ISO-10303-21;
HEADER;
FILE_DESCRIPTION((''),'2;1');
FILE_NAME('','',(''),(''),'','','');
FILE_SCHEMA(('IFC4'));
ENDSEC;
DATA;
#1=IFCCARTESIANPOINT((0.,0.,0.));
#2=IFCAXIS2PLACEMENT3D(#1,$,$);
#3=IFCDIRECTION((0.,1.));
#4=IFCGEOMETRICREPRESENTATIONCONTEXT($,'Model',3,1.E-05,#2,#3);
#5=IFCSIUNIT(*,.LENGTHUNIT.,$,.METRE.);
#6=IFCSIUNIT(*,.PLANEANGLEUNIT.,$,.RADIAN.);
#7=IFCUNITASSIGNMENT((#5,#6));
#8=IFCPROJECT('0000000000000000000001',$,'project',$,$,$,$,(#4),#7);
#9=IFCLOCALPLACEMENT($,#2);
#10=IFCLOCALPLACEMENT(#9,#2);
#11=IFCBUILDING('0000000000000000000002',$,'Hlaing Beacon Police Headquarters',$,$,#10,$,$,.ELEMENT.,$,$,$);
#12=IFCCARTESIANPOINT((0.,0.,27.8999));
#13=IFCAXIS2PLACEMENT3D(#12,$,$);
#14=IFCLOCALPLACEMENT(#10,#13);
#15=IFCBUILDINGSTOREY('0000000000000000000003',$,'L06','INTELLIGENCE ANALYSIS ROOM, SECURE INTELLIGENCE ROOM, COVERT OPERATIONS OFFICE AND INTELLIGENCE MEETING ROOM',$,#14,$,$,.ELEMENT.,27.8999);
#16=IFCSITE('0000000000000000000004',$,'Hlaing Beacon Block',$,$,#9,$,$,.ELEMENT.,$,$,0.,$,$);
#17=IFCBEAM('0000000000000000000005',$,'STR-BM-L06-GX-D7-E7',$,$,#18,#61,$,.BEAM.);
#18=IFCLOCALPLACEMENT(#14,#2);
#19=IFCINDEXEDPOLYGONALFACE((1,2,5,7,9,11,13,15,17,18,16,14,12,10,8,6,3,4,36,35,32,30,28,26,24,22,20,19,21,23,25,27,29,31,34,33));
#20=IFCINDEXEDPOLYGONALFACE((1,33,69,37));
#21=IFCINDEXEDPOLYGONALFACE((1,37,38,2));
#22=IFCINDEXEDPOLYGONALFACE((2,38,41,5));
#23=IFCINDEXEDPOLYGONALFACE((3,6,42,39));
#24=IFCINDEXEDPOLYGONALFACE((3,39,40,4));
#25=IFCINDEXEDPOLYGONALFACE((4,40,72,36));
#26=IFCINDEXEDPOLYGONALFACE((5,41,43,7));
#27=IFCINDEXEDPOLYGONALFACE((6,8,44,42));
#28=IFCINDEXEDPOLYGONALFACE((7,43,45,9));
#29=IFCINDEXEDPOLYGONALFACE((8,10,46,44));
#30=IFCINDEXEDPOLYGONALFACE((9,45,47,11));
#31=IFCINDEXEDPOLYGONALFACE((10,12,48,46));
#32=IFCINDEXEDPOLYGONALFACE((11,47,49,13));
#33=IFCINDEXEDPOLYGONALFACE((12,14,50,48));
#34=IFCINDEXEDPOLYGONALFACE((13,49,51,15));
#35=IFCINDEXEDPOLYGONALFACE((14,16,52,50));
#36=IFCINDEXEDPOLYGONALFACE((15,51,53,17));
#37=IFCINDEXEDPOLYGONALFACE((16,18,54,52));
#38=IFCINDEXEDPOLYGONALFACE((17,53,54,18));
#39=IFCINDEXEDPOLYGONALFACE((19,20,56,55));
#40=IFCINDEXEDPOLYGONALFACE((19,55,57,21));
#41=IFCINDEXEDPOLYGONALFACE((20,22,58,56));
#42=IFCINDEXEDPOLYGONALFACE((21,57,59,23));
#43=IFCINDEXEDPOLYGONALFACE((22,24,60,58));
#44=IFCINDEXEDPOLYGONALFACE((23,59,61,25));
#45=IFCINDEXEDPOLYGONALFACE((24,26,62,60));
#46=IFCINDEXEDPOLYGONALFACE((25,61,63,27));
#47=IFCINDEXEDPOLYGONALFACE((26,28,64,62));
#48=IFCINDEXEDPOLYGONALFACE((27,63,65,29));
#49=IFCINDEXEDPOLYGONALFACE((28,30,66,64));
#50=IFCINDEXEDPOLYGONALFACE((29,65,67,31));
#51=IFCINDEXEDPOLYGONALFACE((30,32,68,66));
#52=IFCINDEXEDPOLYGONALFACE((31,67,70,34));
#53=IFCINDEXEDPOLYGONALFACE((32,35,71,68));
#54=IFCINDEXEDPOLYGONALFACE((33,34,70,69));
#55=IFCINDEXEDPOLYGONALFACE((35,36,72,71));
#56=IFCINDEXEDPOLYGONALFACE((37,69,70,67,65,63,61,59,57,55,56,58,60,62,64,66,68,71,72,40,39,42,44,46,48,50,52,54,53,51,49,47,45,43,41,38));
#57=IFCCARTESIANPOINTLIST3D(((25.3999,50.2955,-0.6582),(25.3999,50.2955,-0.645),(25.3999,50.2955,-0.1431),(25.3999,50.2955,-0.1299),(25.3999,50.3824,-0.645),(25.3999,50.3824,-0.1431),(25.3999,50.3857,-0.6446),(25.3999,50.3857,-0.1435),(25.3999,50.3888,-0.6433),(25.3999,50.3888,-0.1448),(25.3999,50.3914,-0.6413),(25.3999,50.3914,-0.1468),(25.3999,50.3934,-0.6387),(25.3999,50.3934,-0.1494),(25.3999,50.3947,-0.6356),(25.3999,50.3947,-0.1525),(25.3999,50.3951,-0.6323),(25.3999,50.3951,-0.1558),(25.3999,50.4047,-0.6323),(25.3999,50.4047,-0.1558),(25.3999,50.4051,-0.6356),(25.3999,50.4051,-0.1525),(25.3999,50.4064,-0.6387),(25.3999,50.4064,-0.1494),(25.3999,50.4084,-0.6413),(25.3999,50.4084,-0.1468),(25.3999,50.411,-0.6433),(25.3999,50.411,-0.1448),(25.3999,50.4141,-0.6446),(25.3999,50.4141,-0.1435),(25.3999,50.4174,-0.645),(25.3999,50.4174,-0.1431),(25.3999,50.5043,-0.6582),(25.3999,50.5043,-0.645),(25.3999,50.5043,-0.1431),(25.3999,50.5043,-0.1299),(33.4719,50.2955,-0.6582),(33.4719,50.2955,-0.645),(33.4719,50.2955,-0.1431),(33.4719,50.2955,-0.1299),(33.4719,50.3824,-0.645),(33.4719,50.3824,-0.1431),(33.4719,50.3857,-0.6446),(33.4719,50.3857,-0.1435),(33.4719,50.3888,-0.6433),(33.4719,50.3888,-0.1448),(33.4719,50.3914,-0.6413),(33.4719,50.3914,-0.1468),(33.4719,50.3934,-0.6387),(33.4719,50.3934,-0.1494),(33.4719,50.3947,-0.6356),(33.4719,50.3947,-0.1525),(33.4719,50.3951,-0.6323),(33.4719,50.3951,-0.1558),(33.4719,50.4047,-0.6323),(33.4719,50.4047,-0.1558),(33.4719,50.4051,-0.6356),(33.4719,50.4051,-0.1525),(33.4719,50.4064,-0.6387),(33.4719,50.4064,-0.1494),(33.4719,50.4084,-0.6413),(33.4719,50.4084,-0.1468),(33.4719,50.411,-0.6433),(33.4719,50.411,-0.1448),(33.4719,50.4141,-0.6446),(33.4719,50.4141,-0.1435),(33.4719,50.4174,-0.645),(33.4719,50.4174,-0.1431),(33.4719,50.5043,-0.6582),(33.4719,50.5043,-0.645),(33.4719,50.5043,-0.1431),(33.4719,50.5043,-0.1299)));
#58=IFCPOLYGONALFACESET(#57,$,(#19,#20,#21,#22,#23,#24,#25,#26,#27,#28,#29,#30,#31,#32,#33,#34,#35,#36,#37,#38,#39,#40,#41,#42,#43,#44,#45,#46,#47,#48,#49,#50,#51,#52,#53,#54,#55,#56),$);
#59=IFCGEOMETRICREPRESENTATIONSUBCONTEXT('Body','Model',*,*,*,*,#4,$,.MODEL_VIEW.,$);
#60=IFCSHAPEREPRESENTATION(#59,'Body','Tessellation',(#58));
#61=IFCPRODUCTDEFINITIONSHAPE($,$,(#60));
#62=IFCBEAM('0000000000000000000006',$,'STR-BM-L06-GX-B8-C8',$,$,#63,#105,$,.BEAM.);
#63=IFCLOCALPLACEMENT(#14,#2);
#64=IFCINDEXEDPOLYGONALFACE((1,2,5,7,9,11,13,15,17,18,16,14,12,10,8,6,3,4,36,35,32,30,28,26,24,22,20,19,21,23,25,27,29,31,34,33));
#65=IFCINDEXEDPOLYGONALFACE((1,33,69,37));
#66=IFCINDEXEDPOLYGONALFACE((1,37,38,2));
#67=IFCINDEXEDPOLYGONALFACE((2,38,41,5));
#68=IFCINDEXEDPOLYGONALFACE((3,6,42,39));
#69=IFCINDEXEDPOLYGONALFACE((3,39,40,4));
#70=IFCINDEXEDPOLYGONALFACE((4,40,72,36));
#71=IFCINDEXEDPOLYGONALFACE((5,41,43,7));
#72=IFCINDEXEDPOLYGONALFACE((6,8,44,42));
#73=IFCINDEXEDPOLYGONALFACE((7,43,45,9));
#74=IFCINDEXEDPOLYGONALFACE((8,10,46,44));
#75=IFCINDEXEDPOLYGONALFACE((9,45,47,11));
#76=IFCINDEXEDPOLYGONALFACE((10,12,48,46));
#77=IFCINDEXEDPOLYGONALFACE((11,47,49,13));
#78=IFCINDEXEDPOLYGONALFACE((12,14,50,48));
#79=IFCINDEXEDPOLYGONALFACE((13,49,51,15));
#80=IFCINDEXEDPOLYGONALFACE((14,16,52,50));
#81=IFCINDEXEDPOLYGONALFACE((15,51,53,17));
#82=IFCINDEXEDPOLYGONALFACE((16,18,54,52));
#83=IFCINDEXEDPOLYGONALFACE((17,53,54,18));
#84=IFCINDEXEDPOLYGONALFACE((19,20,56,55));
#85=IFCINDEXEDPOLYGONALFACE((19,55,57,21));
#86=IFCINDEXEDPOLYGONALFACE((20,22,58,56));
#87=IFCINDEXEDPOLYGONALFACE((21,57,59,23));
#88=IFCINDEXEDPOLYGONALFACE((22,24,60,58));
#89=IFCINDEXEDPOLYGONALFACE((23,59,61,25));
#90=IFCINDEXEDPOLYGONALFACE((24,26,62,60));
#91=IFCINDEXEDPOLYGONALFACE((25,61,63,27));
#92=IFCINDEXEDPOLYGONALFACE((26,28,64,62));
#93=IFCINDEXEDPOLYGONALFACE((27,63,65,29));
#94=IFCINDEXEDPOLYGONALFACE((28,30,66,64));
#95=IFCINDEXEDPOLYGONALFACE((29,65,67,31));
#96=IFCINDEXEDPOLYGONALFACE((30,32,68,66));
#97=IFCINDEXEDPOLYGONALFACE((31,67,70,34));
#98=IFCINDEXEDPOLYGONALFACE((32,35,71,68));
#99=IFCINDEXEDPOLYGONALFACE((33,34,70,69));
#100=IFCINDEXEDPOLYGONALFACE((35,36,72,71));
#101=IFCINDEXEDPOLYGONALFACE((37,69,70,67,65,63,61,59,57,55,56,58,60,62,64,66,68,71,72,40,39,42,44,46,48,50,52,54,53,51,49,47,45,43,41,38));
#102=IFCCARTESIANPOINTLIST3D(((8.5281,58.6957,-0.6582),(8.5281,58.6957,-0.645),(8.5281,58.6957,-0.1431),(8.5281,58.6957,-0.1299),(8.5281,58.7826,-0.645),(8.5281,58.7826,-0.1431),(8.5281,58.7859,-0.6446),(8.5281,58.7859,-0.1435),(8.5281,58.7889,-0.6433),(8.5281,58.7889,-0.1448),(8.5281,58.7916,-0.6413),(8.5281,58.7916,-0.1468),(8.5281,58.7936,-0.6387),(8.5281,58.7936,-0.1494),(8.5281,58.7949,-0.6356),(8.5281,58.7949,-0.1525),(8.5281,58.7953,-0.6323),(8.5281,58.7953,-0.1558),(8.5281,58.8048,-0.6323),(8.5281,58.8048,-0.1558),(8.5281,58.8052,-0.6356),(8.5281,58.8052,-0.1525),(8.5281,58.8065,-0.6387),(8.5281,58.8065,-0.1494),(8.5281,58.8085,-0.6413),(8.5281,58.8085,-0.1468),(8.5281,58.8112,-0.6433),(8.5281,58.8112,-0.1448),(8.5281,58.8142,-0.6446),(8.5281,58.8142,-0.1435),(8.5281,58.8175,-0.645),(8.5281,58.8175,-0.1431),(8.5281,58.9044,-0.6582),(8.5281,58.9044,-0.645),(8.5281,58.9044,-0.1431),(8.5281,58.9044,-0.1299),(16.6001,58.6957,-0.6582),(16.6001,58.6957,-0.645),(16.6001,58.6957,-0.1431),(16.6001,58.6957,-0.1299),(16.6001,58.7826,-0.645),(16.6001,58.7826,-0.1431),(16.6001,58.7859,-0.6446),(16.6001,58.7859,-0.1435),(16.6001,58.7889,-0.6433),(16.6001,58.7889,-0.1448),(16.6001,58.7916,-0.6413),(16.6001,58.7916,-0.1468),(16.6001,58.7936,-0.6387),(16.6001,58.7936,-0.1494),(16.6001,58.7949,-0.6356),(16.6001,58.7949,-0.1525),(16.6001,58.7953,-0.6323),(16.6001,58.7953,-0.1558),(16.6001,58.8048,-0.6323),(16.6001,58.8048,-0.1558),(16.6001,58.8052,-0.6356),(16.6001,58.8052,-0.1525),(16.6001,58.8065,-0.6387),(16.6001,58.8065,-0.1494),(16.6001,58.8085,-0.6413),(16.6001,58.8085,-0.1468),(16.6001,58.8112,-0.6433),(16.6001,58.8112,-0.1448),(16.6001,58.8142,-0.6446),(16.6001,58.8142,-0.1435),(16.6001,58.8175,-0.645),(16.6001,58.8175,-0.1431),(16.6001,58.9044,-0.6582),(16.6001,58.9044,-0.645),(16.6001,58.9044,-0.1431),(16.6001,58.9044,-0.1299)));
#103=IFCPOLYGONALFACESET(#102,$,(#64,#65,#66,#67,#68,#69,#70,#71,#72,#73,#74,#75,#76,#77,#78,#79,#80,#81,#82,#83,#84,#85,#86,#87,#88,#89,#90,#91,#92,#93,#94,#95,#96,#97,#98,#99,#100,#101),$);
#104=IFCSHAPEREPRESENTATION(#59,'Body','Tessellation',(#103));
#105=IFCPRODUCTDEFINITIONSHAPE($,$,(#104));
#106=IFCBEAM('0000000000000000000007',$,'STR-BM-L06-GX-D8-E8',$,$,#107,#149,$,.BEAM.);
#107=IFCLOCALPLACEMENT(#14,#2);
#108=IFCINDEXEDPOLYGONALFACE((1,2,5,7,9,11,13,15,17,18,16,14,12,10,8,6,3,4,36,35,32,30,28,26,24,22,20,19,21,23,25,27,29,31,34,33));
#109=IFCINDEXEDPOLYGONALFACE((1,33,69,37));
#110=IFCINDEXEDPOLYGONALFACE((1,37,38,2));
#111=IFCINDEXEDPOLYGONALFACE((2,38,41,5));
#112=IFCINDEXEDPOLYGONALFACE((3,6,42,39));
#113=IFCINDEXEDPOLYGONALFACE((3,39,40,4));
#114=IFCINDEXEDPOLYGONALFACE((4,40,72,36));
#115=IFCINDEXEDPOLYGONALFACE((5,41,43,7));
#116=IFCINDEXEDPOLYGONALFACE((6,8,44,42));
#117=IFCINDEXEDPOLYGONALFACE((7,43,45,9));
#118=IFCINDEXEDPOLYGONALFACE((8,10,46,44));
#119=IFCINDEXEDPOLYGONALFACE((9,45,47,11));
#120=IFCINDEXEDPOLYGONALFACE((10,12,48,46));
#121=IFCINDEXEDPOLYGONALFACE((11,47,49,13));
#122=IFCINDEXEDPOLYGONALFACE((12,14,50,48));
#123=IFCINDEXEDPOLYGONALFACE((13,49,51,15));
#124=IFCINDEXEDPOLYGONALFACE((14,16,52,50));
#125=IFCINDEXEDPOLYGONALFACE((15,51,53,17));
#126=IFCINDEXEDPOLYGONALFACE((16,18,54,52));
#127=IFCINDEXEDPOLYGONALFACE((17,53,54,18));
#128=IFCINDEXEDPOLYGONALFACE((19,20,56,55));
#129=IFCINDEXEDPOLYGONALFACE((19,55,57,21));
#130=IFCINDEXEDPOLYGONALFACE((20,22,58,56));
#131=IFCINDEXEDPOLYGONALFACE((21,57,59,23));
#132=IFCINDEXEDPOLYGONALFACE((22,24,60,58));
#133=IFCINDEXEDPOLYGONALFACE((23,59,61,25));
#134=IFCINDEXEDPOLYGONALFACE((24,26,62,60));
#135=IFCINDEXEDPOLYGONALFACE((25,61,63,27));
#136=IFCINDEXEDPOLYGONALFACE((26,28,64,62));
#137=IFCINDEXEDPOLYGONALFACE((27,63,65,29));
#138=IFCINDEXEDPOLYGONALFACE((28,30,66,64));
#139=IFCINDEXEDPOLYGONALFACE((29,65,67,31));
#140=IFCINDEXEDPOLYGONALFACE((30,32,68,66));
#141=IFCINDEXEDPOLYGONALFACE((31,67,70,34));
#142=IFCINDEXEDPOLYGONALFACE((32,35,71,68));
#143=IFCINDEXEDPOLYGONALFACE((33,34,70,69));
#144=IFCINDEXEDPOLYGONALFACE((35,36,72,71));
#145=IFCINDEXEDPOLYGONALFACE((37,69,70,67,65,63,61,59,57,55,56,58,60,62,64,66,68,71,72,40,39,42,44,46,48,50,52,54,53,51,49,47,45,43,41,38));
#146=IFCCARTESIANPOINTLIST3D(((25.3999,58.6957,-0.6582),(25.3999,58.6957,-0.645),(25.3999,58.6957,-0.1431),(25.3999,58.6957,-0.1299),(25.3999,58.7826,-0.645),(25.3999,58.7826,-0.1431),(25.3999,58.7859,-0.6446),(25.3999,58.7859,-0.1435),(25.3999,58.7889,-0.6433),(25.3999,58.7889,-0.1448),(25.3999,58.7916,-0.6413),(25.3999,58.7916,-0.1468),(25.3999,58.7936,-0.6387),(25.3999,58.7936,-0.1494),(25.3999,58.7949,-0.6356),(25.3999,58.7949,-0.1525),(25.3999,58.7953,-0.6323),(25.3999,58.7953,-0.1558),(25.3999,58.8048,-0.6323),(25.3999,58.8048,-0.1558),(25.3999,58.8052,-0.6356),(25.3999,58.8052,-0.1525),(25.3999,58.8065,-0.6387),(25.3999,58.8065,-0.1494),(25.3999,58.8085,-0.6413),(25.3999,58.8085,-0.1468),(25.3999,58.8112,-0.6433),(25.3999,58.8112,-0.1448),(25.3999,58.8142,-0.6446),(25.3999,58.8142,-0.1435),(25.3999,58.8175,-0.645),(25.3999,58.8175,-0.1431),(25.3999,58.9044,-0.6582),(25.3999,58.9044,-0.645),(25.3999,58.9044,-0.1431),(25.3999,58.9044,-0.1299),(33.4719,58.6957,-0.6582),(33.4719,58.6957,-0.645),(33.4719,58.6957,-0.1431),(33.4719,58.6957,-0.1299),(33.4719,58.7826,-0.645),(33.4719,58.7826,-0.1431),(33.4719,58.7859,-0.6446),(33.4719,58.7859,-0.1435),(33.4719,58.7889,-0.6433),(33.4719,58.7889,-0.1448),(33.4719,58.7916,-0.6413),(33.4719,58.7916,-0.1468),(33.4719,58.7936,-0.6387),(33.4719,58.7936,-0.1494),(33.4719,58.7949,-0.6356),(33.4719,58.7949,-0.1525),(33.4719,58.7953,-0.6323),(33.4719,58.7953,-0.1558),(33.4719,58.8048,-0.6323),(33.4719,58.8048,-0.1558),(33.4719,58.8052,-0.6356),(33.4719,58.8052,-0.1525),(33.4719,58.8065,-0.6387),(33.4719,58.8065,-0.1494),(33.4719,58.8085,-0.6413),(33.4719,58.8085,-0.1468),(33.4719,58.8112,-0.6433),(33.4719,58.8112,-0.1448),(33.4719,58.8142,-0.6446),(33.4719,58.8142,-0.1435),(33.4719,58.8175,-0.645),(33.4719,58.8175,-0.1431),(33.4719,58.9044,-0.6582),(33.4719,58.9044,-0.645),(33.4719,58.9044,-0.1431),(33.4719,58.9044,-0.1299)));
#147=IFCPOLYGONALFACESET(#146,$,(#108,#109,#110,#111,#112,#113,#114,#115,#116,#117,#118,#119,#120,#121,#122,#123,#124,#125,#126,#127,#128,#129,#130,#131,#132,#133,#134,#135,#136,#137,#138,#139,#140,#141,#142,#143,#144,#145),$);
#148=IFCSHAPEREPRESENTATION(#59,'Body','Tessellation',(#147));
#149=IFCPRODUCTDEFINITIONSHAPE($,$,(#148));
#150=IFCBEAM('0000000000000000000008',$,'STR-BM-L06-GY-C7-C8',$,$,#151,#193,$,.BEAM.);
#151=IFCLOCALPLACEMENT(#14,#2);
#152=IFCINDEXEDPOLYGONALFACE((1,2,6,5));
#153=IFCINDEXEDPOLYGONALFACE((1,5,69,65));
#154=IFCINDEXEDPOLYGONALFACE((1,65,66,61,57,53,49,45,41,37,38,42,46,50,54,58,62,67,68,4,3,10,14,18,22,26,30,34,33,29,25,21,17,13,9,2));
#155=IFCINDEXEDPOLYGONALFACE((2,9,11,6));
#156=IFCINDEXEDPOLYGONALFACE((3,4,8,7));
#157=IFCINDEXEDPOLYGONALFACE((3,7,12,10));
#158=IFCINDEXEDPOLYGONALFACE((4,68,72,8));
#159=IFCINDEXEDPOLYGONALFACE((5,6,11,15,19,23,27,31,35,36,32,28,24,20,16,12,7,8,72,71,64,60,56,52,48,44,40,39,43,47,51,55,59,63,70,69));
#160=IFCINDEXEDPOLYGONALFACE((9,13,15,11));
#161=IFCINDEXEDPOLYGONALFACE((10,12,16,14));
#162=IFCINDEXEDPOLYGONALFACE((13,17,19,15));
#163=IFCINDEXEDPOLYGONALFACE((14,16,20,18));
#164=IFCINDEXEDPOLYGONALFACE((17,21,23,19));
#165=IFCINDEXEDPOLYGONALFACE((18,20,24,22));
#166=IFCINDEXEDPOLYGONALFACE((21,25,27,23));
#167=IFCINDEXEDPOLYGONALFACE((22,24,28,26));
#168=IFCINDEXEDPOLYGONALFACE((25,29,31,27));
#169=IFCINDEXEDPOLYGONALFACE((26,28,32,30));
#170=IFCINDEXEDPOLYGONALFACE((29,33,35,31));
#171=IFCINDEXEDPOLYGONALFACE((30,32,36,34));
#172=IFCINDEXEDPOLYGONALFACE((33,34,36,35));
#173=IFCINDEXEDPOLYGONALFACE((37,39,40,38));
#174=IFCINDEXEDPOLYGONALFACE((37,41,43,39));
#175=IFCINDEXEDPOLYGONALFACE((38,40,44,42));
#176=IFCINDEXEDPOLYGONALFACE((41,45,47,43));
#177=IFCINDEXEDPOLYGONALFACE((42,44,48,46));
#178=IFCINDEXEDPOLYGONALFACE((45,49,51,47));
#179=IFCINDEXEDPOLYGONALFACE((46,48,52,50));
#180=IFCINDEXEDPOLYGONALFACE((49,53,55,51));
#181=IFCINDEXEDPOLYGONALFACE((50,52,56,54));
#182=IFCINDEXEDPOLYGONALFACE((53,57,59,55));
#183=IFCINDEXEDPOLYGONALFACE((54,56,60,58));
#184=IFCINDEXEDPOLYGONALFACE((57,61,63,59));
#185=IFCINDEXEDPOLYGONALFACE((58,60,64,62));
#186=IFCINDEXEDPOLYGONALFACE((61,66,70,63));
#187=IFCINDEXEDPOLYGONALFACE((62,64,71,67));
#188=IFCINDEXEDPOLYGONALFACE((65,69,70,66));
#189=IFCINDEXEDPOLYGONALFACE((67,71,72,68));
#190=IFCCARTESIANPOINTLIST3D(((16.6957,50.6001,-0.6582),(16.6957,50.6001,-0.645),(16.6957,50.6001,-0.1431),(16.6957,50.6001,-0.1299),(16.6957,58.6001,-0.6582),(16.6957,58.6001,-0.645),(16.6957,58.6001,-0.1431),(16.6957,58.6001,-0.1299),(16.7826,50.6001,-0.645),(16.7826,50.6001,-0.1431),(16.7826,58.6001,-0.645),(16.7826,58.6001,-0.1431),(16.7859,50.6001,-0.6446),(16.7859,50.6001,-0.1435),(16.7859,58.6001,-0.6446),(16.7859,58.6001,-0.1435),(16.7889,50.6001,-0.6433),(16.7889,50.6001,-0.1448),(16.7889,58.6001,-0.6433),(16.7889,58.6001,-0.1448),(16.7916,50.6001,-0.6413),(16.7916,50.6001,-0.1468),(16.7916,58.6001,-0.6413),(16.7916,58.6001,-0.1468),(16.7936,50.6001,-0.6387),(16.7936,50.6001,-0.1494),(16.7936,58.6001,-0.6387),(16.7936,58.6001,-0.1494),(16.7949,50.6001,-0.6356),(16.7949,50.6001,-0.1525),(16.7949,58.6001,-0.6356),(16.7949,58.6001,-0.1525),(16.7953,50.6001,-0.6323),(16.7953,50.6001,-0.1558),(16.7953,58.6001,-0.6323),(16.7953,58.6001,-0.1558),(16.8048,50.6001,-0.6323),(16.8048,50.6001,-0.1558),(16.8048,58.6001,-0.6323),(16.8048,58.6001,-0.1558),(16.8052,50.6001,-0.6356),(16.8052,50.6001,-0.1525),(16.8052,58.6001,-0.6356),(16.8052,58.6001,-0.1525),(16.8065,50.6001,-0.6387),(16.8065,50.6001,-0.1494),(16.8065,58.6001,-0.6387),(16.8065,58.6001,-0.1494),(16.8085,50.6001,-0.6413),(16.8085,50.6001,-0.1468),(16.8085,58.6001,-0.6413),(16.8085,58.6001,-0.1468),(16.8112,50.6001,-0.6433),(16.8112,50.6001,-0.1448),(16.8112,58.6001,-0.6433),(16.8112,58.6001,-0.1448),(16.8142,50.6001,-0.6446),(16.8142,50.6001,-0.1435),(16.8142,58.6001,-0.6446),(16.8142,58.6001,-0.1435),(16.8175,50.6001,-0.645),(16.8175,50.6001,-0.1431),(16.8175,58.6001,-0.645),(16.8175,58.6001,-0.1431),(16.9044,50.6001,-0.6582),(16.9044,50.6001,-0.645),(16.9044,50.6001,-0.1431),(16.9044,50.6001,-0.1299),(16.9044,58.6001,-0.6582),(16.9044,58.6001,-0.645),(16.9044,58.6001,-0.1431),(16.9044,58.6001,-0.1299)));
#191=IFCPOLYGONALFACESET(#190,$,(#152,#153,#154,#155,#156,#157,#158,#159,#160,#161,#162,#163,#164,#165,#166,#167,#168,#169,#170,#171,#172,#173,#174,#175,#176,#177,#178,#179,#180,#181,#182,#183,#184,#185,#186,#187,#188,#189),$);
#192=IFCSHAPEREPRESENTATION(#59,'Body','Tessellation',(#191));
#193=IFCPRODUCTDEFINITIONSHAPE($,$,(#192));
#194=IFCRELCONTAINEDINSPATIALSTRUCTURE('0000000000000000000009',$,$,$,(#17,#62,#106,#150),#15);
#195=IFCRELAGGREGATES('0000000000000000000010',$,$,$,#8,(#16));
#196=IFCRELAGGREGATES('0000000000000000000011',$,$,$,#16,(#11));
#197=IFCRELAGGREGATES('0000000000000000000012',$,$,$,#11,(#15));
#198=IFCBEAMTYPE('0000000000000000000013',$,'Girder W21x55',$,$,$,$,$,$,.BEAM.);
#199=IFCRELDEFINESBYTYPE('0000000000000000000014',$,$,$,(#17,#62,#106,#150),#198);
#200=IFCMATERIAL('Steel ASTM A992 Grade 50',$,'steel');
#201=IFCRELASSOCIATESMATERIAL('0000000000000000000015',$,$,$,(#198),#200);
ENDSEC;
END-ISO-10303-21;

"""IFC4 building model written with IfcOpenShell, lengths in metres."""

from ifc_helpers import new_model, si_unit, direction, frame, origin, origin_2d, place, context, subcontext, project, spatial, i_section, extrude, material, material_profile, profile_set, type_object, element, save


model = new_model("IFC4")

# Units and contexts
model_context = context("Model", 3, precision=1e-05, world=origin(), true_north=direction((0.0, 1.0)))
body_context = subcontext(model_context, "Body", "Model", "MODEL_VIEW")
ifc_project = project(units=[si_unit("LENGTHUNIT", "METRE"), si_unit("PLANEANGLEUNIT", "RADIAN")], contexts=[model_context])

# Site, building, storey
site_placement = place(None, origin())
site = spatial("IfcSite", under=ifc_project, at=site_placement, Name="Hlaing Beacon Block", CompositionType="ELEMENT", RefElevation=0.0)
building_placement = place(site_placement, origin())
building = spatial("IfcBuilding", under=site, at=building_placement, Name="Hlaing Beacon Police Headquarters", CompositionType="ELEMENT")
storey_placement = place(building_placement, frame((0.0, 0.0, 27.8999)))
storey = spatial("IfcBuildingStorey", under=building, at=storey_placement, Name="L06", Description="INTELLIGENCE ANALYSIS ROOM, SECURE INTELLIGENCE ROOM, COVERT OPERATIONS OFFICE AND INTELLIGENCE MEETING ROOM", CompositionType="ELEMENT", Elevation=27.8999)

# Beams
ifc_material_1 = material(Name="Steel ASTM A992 Grade 50", Category="steel")
ifc_material_profile_1 = material_profile(ifc_material_1, i_section(OverallWidth=0.2087, OverallDepth=0.5283, WebThickness=0.0095, FlangeThickness=0.0132, FilletRadius=0.0127, at=origin_2d()), Name="W21x55")
ifc_profile_set_1 = profile_set([ifc_material_profile_1], Name="Steel ASTM A992 Grade 50")
beam_type_1 = type_object("IfcBeamType", Name="Girder W21x55", PredefinedType="BEAM", material=ifc_profile_set_1)
for number, where, z_axis, x_axis, name in (
    (1, (25.3999, 50.3999, -0.394), (1.0, 0.0, 0.0), (0.0, 1.0, 0.0), "STR-BM-L06-GX-D7-E7"),
    (2, (8.5281, 58.8, -0.394), (1.0, 0.0, 0.0), (0.0, 1.0, 0.0), "STR-BM-L06-GX-B8-C8"),
    (3, (25.3999, 58.8, -0.394), (1.0, 0.0, 0.0), (0.0, 1.0, 0.0), "STR-BM-L06-GX-D8-E8"),
):
    element("IfcBeam", number, at=place(storey_placement, frame(where, z_axis=z_axis, x_axis=x_axis)), inside=storey, type_object=beam_type_1, Name=name, PredefinedType="BEAM", context=body_context, shape_type="SweptSolid", body=[
        extrude(i_section(OverallWidth=0.2087, OverallDepth=0.5283, WebThickness=0.0095, FlangeThickness=0.0132, FilletRadius=0.0127, at=origin_2d()), origin(), (0.0, 0.0, 1.0), 8.072),
    ])
for number, where, z_axis, x_axis, name in (
    (4, (16.8, 50.6001, -0.394), (0.0, 1.0, 0.0), (-1.0, 0.0, 0.0), "STR-BM-L06-GY-C7-C8"),
):
    element("IfcBeam", number, at=place(storey_placement, frame(where, z_axis=z_axis, x_axis=x_axis)), inside=storey, type_object=beam_type_1, Name=name, PredefinedType="BEAM", context=body_context, shape_type="SweptSolid", body=[
        extrude(i_section(OverallWidth=0.2087, OverallDepth=0.5283, WebThickness=0.0095, FlangeThickness=0.0132, FilletRadius=0.0127, at=origin_2d()), origin(), (0.0, 0.0, 1.0), 8.0),
    ])

save(model, "model.ifc")
